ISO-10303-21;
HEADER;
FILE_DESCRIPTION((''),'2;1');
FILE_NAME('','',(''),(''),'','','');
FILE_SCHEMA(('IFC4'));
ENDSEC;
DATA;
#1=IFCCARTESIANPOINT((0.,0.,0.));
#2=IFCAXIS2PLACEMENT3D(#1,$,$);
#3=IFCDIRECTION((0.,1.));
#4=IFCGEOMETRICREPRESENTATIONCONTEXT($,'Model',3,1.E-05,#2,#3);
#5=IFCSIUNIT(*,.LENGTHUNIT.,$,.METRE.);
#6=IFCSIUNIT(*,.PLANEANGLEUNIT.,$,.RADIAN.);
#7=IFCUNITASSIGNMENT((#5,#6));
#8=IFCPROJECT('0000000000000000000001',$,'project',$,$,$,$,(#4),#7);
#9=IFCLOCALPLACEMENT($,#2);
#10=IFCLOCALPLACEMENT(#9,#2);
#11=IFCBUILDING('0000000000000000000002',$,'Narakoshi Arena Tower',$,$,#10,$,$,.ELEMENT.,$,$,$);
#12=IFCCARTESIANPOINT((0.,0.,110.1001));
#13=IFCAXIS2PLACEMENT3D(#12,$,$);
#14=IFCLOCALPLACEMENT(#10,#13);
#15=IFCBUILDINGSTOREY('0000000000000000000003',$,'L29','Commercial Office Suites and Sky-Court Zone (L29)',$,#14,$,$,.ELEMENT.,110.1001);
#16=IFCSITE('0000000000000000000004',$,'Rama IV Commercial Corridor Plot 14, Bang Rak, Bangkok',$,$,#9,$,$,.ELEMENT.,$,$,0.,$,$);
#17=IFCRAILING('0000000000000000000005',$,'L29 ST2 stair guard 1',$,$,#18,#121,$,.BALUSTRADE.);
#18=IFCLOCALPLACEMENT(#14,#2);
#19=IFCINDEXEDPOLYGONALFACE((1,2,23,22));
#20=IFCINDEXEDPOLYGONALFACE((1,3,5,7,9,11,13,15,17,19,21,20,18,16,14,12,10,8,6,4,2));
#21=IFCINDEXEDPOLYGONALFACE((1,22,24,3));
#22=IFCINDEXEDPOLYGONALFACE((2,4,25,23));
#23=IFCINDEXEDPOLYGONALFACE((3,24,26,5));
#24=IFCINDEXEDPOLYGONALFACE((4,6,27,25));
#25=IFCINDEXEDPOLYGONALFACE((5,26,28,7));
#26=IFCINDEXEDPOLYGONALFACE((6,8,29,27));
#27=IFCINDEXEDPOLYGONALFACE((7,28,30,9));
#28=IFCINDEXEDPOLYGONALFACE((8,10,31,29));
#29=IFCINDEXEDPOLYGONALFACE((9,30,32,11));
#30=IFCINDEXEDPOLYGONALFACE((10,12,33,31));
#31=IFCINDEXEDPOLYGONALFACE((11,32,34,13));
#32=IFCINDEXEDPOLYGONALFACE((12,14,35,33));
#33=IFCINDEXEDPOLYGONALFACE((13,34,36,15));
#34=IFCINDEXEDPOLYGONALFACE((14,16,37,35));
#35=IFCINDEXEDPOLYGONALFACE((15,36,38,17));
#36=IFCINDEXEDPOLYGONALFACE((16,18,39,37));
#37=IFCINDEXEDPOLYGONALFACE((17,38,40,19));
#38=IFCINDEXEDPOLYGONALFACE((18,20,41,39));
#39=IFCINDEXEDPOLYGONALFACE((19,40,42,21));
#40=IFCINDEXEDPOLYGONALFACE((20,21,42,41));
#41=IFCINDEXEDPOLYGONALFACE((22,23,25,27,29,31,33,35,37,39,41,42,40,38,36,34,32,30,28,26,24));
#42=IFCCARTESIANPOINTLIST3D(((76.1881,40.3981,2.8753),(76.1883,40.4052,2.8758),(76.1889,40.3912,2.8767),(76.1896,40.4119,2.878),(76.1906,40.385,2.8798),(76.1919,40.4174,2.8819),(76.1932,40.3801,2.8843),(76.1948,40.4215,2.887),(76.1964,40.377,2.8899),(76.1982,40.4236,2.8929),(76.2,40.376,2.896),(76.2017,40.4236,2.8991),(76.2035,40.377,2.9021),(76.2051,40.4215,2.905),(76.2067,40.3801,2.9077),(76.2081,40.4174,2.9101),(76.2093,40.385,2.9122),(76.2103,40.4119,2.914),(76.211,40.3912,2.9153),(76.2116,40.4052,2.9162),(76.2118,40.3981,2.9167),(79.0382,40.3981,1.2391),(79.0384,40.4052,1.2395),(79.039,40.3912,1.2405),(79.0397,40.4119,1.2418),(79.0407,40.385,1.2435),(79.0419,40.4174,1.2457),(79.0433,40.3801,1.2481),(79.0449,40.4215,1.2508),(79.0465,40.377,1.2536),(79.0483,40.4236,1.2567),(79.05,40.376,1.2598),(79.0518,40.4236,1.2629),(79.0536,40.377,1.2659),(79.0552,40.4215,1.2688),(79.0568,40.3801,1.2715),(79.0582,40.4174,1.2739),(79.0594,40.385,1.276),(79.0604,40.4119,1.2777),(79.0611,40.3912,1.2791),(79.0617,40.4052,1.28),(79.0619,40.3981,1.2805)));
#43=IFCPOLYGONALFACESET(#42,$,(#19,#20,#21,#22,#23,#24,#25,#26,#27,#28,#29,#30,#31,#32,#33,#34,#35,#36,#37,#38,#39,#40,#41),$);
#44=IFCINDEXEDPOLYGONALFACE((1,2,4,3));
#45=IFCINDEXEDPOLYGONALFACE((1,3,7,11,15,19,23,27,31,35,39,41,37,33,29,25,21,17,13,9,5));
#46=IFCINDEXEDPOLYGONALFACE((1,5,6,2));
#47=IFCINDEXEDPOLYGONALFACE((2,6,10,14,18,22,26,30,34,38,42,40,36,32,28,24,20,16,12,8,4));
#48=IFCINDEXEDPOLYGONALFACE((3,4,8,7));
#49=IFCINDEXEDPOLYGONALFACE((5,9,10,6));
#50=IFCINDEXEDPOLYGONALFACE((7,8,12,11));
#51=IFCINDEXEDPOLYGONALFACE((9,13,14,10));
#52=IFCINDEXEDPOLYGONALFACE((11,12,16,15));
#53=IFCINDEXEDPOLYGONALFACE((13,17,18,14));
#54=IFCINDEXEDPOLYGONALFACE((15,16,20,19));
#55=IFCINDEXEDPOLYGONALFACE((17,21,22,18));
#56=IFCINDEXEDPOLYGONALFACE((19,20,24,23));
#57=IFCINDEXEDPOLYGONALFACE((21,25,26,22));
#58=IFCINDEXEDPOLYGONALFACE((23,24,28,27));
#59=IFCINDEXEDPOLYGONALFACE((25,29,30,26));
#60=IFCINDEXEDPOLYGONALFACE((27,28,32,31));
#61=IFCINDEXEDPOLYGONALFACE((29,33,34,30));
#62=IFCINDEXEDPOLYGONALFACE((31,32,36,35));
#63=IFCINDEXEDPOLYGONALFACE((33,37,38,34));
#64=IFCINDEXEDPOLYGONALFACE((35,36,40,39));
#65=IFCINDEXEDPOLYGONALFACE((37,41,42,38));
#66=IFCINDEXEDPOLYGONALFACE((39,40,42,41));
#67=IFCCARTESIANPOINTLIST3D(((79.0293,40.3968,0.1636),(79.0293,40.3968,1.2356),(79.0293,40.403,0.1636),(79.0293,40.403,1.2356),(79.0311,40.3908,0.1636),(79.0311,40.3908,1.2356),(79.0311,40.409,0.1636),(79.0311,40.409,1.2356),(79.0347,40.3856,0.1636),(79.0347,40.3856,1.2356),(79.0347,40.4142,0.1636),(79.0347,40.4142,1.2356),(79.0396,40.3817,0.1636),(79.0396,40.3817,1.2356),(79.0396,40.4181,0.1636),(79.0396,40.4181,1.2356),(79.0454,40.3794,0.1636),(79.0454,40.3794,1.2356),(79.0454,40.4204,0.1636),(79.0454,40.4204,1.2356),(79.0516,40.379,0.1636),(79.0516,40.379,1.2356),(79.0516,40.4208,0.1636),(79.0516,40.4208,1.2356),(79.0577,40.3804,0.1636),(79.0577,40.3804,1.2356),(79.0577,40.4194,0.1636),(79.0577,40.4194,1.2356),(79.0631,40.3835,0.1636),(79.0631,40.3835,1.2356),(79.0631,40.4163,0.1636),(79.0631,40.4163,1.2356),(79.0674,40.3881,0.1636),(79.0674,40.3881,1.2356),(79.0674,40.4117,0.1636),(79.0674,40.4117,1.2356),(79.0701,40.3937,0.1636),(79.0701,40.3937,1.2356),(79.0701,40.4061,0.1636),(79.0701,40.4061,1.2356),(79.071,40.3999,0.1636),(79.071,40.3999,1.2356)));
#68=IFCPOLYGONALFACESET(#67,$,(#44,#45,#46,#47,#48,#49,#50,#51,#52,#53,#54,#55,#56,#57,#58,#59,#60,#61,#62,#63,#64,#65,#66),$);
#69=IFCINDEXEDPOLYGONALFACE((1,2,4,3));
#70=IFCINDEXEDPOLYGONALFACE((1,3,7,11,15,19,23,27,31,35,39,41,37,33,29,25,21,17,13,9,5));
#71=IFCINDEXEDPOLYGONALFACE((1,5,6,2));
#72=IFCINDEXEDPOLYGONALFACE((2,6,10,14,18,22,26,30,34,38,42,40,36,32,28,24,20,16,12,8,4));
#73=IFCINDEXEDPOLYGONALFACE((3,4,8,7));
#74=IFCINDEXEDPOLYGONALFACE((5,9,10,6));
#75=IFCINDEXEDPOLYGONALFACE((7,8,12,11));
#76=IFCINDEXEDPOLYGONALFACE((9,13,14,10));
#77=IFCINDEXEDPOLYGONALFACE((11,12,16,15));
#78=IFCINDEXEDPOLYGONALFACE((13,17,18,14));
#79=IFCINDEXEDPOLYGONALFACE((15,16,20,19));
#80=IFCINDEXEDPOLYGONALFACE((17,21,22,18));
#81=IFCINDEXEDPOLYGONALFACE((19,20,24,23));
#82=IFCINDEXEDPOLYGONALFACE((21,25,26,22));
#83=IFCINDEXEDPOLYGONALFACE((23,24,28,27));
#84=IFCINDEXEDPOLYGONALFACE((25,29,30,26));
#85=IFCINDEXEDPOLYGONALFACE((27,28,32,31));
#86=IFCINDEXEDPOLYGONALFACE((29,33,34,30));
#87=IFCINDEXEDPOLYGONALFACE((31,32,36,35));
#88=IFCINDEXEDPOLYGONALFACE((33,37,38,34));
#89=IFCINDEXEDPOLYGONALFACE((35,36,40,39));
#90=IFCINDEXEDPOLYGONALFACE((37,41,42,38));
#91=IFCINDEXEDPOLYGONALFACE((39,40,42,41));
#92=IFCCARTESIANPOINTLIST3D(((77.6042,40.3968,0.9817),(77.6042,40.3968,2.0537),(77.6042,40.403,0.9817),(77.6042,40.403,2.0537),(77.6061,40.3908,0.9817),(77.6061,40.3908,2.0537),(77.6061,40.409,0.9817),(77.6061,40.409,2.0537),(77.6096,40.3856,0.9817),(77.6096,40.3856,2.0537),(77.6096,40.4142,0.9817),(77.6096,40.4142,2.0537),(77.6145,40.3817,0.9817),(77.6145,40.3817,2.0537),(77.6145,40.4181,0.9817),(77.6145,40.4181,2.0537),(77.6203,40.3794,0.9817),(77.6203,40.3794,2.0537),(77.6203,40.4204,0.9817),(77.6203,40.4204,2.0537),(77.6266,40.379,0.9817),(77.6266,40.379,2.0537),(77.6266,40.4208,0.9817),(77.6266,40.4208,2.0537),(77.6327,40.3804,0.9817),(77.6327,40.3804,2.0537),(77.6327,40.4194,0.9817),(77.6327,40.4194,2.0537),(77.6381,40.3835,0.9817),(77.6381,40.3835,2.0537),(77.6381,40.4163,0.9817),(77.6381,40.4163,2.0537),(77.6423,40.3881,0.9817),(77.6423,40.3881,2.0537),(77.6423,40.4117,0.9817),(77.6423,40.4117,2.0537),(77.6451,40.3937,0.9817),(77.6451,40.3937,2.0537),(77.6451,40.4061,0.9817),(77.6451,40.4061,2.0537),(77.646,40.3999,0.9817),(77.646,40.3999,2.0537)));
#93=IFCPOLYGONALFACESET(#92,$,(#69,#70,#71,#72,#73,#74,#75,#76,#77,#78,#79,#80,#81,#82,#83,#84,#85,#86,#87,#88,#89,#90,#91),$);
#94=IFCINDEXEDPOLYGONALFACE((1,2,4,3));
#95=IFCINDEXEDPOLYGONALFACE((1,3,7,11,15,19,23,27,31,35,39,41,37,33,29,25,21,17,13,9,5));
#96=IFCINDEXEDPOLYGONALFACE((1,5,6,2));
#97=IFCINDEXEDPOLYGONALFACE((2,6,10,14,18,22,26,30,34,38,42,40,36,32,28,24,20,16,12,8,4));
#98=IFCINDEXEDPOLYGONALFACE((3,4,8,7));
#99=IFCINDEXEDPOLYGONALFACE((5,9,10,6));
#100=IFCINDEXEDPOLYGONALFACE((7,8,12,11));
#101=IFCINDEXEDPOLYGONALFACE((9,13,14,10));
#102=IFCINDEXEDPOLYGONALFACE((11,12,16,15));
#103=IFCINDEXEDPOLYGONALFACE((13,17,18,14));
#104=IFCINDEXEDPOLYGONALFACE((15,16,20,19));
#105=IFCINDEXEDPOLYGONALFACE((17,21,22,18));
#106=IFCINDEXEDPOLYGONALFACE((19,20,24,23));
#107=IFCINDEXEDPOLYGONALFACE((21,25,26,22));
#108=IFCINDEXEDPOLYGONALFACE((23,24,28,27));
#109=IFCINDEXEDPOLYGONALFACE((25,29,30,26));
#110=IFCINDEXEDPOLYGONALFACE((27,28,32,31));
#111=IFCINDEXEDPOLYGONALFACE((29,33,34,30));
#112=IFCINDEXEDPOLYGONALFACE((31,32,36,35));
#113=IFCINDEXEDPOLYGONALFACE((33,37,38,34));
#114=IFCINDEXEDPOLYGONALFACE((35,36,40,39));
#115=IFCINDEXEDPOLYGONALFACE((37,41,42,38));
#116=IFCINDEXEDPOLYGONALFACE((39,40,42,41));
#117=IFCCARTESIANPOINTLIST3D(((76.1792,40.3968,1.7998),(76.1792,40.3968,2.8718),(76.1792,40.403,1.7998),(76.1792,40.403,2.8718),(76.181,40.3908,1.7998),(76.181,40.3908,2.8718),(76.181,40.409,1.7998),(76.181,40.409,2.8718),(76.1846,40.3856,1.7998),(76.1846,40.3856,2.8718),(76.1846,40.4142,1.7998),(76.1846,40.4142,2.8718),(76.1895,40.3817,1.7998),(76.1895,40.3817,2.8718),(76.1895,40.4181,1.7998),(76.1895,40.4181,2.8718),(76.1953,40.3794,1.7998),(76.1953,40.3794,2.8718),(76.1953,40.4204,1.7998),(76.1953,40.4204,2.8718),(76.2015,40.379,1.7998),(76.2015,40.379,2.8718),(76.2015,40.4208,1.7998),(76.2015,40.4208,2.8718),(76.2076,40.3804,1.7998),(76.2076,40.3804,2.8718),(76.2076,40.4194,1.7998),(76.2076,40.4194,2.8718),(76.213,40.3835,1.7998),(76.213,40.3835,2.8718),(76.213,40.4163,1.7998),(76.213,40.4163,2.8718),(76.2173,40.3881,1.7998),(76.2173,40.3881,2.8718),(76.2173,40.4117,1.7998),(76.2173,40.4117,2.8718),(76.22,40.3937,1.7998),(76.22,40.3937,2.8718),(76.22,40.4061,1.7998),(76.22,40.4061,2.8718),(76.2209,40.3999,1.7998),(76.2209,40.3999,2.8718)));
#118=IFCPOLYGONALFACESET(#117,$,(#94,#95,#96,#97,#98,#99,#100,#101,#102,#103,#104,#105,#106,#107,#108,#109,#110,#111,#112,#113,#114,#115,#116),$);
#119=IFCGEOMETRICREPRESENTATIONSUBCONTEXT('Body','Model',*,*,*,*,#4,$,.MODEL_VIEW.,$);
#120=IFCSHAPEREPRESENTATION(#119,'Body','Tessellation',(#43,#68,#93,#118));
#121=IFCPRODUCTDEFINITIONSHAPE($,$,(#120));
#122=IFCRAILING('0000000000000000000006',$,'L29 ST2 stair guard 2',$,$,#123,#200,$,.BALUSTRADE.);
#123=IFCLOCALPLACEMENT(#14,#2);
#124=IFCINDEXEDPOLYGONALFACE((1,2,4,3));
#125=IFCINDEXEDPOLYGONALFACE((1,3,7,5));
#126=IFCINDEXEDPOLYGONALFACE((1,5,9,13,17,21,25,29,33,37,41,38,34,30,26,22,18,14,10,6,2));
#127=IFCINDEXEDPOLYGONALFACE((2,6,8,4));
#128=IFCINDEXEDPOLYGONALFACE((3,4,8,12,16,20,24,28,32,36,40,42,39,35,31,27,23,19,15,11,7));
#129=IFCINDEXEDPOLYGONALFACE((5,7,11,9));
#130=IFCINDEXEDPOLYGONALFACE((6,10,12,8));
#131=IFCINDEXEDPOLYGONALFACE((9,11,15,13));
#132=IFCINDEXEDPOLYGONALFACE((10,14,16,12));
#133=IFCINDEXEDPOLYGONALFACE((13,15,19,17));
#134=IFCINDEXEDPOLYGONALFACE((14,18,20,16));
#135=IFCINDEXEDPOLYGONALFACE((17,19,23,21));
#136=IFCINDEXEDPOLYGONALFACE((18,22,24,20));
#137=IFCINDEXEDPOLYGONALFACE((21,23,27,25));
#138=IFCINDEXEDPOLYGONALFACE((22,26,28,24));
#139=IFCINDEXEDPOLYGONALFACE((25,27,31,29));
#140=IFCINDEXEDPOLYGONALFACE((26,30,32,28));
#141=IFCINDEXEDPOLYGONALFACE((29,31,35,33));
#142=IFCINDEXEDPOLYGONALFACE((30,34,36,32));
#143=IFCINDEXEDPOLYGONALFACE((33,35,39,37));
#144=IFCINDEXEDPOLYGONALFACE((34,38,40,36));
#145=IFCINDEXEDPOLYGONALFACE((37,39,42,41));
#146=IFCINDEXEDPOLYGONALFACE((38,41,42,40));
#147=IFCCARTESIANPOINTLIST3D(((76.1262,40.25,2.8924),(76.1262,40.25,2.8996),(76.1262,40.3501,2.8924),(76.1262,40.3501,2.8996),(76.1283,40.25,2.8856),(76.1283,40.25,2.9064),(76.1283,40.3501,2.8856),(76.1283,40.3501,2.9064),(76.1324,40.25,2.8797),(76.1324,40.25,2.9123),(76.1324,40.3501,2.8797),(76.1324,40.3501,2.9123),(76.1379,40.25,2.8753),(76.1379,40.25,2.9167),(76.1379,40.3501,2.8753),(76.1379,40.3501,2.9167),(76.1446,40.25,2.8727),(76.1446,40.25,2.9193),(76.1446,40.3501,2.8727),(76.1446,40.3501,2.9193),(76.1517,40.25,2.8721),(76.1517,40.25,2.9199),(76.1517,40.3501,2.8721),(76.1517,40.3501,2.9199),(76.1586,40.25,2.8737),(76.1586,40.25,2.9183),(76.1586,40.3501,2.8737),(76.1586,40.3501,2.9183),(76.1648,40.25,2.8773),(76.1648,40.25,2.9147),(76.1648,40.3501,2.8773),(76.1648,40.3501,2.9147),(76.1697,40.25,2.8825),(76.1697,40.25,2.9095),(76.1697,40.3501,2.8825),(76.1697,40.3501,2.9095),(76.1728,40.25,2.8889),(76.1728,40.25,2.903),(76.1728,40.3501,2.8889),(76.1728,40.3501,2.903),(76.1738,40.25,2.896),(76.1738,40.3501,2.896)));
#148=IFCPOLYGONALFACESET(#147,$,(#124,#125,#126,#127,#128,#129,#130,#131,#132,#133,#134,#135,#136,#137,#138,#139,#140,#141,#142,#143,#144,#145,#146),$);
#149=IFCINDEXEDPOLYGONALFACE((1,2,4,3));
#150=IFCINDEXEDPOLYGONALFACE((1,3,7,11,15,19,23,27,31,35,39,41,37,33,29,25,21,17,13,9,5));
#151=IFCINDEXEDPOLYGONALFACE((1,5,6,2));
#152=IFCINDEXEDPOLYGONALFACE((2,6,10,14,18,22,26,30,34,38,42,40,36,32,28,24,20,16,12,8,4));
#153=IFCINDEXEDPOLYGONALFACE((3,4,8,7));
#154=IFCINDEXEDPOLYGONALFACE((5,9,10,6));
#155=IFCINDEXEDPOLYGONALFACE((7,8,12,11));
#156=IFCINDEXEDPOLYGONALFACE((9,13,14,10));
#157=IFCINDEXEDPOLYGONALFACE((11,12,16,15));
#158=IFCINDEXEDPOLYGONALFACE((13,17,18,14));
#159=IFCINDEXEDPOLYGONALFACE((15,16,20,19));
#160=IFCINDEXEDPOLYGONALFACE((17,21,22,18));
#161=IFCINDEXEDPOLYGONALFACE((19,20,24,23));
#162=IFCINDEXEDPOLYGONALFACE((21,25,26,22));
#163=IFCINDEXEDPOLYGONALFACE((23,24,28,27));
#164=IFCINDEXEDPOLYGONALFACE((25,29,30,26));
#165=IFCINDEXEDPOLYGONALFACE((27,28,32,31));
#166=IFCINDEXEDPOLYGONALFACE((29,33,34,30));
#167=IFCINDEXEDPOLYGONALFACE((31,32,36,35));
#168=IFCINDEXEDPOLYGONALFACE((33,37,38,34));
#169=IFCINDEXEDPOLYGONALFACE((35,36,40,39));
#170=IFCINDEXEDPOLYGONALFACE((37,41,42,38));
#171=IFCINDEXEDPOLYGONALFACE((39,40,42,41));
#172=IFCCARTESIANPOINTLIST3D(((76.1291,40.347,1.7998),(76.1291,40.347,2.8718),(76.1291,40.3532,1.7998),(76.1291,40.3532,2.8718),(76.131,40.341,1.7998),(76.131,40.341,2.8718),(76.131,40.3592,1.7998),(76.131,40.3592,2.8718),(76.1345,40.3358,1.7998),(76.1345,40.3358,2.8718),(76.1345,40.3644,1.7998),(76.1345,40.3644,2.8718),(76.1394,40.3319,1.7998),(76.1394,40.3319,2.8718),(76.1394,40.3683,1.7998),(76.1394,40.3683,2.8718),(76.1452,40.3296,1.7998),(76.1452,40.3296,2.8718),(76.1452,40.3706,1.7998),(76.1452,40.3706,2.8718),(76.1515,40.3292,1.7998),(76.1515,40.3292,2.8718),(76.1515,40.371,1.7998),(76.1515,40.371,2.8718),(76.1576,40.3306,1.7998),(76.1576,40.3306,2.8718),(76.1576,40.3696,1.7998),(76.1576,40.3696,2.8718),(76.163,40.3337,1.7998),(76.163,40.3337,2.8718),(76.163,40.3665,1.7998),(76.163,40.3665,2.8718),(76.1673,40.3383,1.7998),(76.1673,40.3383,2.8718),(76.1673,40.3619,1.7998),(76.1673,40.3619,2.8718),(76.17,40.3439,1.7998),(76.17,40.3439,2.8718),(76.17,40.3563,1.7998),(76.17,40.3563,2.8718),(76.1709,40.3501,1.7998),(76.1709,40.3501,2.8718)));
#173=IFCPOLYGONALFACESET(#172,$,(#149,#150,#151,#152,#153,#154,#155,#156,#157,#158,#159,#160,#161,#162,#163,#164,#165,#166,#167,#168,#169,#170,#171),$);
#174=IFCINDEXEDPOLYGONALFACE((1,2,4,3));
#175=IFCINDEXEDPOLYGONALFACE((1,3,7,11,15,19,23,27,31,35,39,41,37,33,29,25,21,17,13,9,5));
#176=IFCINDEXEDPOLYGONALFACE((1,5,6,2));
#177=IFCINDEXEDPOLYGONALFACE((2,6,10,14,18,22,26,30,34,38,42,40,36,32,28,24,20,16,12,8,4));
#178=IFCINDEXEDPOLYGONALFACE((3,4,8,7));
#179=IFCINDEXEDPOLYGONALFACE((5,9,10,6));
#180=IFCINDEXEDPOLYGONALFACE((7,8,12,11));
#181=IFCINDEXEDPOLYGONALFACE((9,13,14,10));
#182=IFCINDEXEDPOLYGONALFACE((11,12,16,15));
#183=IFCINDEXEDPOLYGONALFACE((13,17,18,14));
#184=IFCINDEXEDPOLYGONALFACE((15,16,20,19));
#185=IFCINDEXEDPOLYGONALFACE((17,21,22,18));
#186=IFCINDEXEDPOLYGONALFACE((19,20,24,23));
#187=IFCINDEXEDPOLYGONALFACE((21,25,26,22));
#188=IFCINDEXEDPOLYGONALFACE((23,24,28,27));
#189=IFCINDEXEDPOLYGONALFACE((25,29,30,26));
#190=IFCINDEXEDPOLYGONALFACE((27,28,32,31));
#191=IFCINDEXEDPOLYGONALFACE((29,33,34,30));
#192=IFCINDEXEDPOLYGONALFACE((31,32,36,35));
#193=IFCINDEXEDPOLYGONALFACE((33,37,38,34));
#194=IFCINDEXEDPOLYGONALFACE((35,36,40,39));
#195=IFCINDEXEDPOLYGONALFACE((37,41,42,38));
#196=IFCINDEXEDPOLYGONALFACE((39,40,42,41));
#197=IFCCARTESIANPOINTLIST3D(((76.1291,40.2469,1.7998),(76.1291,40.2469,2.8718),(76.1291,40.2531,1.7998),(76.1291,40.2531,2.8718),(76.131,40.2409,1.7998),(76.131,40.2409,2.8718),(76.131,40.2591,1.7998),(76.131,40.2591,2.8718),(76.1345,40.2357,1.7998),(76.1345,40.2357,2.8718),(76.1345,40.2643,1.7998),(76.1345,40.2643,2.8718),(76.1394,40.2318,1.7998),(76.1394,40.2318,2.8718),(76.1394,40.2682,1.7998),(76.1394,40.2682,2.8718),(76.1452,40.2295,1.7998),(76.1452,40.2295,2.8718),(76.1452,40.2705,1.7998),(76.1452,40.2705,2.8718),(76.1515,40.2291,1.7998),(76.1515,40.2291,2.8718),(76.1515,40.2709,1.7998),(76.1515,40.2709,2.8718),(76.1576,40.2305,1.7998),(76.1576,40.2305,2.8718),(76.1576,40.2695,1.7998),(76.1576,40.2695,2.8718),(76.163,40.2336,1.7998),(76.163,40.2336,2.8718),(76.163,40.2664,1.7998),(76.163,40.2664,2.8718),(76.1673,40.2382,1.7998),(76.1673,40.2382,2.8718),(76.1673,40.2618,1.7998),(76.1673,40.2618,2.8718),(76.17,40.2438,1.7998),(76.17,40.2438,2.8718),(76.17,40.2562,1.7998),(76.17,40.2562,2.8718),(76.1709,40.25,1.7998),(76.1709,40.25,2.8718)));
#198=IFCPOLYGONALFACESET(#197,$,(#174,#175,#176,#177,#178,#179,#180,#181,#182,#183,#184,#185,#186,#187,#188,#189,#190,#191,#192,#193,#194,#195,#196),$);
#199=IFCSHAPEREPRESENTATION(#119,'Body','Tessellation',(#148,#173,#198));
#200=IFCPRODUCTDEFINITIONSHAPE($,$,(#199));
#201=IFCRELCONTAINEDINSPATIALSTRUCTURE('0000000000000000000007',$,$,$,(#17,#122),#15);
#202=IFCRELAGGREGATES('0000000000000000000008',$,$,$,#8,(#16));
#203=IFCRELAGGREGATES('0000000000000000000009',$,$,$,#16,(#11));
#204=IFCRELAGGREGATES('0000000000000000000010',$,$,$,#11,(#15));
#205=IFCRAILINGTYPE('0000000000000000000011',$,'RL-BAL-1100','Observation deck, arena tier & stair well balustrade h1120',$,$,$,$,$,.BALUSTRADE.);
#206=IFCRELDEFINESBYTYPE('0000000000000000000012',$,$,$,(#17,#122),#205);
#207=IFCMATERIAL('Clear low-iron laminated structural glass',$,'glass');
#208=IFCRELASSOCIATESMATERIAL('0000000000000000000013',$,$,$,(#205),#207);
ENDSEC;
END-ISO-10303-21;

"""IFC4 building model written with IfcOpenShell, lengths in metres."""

from ifc_helpers import new_model, si_unit, direction, frame, origin, origin_2d, place, context, subcontext, project, spatial, circle, extrude, material, type_object, element, save


model = new_model("IFC4")

# Units and contexts
model_context = context("Model", 3, precision=1e-05, world=origin(), true_north=direction((0.0, 1.0)))
body_context = subcontext(model_context, "Body", "Model", "MODEL_VIEW")
ifc_project = project(units=[si_unit("LENGTHUNIT", "METRE"), si_unit("PLANEANGLEUNIT", "RADIAN")], contexts=[model_context])

# Site, building, storey
site_placement = place(None, origin())
site = spatial("IfcSite", under=ifc_project, at=site_placement, Name="Rama IV Commercial Corridor Plot 14, Bang Rak, Bangkok", CompositionType="ELEMENT", RefElevation=0.0)
building_placement = place(site_placement, origin())
building = spatial("IfcBuilding", under=site, at=building_placement, Name="Narakoshi Arena Tower", CompositionType="ELEMENT")
storey_placement = place(building_placement, frame((0.0, 0.0, 110.1001)))
storey = spatial("IfcBuildingStorey", under=building, at=storey_placement, Name="L29", Description="Commercial Office Suites and Sky-Court Zone (L29)", CompositionType="ELEMENT", Elevation=110.1001)

# Railings
ifc_material_1 = material(Name="Clear low-iron laminated structural glass", Category="glass")
railing_type_1 = type_object("IfcRailingType", Name="RL-BAL-1100", Description="Observation deck, arena tier & stair well balustrade h1120", PredefinedType="BALUSTRADE", material=ifc_material_1)
railing_1_placement = place(storey_placement, frame((79.05, 40.3999, 0.1636)))
element("IfcRailing", 1, at=railing_1_placement, inside=storey, type_object=railing_type_1, Name="L29 ST2 stair guard 1", PredefinedType="BALUSTRADE", context=body_context, shape_type="SweptSolid", body=[
    extrude(circle(Radius=0.0239, at=origin_2d()), frame((0.0, 0.0, 1.0962), z_axis=(-0.867245, 0.0, 0.497882), x_axis=(0.0, -1.0, 0.0)), (0.0, 0.0, 1.0), 3.2864),
    extrude(circle(Radius=0.021, at=origin_2d()), origin(), (0.0, 0.0, 1.0), 1.072),
    extrude(circle(Radius=0.021, at=origin_2d()), frame((-1.425, 0.0, 0.8181)), (0.0, 0.0, 1.0), 1.072),
    extrude(circle(Radius=0.021, at=origin_2d()), frame((-2.8501, 0.0, 1.6362)), (0.0, 0.0, 1.0), 1.072),
])
railing_2_placement = place(storey_placement, frame((76.1499, 40.3501, 1.7998)))
element("IfcRailing", 2, at=railing_2_placement, inside=storey, type_object=railing_type_1, Name="L29 ST2 stair guard 2", PredefinedType="BALUSTRADE", context=body_context, shape_type="SweptSolid", body=[
    extrude(circle(Radius=0.0239, at=origin_2d()), frame((0.0, 0.0, 1.0962), z_axis=(0.0, -1.0, 0.0), x_axis=(1.0, 0.0, 0.0)), (0.0, 0.0, 1.0), 0.1001),
    extrude(circle(Radius=0.021, at=origin_2d()), origin(), (0.0, 0.0, 1.0), 1.072),
    extrude(circle(Radius=0.021, at=origin_2d()), frame((0.0, -0.1001, 0.0)), (0.0, 0.0, 1.0), 1.072),
])

save(model, "model.ifc")
